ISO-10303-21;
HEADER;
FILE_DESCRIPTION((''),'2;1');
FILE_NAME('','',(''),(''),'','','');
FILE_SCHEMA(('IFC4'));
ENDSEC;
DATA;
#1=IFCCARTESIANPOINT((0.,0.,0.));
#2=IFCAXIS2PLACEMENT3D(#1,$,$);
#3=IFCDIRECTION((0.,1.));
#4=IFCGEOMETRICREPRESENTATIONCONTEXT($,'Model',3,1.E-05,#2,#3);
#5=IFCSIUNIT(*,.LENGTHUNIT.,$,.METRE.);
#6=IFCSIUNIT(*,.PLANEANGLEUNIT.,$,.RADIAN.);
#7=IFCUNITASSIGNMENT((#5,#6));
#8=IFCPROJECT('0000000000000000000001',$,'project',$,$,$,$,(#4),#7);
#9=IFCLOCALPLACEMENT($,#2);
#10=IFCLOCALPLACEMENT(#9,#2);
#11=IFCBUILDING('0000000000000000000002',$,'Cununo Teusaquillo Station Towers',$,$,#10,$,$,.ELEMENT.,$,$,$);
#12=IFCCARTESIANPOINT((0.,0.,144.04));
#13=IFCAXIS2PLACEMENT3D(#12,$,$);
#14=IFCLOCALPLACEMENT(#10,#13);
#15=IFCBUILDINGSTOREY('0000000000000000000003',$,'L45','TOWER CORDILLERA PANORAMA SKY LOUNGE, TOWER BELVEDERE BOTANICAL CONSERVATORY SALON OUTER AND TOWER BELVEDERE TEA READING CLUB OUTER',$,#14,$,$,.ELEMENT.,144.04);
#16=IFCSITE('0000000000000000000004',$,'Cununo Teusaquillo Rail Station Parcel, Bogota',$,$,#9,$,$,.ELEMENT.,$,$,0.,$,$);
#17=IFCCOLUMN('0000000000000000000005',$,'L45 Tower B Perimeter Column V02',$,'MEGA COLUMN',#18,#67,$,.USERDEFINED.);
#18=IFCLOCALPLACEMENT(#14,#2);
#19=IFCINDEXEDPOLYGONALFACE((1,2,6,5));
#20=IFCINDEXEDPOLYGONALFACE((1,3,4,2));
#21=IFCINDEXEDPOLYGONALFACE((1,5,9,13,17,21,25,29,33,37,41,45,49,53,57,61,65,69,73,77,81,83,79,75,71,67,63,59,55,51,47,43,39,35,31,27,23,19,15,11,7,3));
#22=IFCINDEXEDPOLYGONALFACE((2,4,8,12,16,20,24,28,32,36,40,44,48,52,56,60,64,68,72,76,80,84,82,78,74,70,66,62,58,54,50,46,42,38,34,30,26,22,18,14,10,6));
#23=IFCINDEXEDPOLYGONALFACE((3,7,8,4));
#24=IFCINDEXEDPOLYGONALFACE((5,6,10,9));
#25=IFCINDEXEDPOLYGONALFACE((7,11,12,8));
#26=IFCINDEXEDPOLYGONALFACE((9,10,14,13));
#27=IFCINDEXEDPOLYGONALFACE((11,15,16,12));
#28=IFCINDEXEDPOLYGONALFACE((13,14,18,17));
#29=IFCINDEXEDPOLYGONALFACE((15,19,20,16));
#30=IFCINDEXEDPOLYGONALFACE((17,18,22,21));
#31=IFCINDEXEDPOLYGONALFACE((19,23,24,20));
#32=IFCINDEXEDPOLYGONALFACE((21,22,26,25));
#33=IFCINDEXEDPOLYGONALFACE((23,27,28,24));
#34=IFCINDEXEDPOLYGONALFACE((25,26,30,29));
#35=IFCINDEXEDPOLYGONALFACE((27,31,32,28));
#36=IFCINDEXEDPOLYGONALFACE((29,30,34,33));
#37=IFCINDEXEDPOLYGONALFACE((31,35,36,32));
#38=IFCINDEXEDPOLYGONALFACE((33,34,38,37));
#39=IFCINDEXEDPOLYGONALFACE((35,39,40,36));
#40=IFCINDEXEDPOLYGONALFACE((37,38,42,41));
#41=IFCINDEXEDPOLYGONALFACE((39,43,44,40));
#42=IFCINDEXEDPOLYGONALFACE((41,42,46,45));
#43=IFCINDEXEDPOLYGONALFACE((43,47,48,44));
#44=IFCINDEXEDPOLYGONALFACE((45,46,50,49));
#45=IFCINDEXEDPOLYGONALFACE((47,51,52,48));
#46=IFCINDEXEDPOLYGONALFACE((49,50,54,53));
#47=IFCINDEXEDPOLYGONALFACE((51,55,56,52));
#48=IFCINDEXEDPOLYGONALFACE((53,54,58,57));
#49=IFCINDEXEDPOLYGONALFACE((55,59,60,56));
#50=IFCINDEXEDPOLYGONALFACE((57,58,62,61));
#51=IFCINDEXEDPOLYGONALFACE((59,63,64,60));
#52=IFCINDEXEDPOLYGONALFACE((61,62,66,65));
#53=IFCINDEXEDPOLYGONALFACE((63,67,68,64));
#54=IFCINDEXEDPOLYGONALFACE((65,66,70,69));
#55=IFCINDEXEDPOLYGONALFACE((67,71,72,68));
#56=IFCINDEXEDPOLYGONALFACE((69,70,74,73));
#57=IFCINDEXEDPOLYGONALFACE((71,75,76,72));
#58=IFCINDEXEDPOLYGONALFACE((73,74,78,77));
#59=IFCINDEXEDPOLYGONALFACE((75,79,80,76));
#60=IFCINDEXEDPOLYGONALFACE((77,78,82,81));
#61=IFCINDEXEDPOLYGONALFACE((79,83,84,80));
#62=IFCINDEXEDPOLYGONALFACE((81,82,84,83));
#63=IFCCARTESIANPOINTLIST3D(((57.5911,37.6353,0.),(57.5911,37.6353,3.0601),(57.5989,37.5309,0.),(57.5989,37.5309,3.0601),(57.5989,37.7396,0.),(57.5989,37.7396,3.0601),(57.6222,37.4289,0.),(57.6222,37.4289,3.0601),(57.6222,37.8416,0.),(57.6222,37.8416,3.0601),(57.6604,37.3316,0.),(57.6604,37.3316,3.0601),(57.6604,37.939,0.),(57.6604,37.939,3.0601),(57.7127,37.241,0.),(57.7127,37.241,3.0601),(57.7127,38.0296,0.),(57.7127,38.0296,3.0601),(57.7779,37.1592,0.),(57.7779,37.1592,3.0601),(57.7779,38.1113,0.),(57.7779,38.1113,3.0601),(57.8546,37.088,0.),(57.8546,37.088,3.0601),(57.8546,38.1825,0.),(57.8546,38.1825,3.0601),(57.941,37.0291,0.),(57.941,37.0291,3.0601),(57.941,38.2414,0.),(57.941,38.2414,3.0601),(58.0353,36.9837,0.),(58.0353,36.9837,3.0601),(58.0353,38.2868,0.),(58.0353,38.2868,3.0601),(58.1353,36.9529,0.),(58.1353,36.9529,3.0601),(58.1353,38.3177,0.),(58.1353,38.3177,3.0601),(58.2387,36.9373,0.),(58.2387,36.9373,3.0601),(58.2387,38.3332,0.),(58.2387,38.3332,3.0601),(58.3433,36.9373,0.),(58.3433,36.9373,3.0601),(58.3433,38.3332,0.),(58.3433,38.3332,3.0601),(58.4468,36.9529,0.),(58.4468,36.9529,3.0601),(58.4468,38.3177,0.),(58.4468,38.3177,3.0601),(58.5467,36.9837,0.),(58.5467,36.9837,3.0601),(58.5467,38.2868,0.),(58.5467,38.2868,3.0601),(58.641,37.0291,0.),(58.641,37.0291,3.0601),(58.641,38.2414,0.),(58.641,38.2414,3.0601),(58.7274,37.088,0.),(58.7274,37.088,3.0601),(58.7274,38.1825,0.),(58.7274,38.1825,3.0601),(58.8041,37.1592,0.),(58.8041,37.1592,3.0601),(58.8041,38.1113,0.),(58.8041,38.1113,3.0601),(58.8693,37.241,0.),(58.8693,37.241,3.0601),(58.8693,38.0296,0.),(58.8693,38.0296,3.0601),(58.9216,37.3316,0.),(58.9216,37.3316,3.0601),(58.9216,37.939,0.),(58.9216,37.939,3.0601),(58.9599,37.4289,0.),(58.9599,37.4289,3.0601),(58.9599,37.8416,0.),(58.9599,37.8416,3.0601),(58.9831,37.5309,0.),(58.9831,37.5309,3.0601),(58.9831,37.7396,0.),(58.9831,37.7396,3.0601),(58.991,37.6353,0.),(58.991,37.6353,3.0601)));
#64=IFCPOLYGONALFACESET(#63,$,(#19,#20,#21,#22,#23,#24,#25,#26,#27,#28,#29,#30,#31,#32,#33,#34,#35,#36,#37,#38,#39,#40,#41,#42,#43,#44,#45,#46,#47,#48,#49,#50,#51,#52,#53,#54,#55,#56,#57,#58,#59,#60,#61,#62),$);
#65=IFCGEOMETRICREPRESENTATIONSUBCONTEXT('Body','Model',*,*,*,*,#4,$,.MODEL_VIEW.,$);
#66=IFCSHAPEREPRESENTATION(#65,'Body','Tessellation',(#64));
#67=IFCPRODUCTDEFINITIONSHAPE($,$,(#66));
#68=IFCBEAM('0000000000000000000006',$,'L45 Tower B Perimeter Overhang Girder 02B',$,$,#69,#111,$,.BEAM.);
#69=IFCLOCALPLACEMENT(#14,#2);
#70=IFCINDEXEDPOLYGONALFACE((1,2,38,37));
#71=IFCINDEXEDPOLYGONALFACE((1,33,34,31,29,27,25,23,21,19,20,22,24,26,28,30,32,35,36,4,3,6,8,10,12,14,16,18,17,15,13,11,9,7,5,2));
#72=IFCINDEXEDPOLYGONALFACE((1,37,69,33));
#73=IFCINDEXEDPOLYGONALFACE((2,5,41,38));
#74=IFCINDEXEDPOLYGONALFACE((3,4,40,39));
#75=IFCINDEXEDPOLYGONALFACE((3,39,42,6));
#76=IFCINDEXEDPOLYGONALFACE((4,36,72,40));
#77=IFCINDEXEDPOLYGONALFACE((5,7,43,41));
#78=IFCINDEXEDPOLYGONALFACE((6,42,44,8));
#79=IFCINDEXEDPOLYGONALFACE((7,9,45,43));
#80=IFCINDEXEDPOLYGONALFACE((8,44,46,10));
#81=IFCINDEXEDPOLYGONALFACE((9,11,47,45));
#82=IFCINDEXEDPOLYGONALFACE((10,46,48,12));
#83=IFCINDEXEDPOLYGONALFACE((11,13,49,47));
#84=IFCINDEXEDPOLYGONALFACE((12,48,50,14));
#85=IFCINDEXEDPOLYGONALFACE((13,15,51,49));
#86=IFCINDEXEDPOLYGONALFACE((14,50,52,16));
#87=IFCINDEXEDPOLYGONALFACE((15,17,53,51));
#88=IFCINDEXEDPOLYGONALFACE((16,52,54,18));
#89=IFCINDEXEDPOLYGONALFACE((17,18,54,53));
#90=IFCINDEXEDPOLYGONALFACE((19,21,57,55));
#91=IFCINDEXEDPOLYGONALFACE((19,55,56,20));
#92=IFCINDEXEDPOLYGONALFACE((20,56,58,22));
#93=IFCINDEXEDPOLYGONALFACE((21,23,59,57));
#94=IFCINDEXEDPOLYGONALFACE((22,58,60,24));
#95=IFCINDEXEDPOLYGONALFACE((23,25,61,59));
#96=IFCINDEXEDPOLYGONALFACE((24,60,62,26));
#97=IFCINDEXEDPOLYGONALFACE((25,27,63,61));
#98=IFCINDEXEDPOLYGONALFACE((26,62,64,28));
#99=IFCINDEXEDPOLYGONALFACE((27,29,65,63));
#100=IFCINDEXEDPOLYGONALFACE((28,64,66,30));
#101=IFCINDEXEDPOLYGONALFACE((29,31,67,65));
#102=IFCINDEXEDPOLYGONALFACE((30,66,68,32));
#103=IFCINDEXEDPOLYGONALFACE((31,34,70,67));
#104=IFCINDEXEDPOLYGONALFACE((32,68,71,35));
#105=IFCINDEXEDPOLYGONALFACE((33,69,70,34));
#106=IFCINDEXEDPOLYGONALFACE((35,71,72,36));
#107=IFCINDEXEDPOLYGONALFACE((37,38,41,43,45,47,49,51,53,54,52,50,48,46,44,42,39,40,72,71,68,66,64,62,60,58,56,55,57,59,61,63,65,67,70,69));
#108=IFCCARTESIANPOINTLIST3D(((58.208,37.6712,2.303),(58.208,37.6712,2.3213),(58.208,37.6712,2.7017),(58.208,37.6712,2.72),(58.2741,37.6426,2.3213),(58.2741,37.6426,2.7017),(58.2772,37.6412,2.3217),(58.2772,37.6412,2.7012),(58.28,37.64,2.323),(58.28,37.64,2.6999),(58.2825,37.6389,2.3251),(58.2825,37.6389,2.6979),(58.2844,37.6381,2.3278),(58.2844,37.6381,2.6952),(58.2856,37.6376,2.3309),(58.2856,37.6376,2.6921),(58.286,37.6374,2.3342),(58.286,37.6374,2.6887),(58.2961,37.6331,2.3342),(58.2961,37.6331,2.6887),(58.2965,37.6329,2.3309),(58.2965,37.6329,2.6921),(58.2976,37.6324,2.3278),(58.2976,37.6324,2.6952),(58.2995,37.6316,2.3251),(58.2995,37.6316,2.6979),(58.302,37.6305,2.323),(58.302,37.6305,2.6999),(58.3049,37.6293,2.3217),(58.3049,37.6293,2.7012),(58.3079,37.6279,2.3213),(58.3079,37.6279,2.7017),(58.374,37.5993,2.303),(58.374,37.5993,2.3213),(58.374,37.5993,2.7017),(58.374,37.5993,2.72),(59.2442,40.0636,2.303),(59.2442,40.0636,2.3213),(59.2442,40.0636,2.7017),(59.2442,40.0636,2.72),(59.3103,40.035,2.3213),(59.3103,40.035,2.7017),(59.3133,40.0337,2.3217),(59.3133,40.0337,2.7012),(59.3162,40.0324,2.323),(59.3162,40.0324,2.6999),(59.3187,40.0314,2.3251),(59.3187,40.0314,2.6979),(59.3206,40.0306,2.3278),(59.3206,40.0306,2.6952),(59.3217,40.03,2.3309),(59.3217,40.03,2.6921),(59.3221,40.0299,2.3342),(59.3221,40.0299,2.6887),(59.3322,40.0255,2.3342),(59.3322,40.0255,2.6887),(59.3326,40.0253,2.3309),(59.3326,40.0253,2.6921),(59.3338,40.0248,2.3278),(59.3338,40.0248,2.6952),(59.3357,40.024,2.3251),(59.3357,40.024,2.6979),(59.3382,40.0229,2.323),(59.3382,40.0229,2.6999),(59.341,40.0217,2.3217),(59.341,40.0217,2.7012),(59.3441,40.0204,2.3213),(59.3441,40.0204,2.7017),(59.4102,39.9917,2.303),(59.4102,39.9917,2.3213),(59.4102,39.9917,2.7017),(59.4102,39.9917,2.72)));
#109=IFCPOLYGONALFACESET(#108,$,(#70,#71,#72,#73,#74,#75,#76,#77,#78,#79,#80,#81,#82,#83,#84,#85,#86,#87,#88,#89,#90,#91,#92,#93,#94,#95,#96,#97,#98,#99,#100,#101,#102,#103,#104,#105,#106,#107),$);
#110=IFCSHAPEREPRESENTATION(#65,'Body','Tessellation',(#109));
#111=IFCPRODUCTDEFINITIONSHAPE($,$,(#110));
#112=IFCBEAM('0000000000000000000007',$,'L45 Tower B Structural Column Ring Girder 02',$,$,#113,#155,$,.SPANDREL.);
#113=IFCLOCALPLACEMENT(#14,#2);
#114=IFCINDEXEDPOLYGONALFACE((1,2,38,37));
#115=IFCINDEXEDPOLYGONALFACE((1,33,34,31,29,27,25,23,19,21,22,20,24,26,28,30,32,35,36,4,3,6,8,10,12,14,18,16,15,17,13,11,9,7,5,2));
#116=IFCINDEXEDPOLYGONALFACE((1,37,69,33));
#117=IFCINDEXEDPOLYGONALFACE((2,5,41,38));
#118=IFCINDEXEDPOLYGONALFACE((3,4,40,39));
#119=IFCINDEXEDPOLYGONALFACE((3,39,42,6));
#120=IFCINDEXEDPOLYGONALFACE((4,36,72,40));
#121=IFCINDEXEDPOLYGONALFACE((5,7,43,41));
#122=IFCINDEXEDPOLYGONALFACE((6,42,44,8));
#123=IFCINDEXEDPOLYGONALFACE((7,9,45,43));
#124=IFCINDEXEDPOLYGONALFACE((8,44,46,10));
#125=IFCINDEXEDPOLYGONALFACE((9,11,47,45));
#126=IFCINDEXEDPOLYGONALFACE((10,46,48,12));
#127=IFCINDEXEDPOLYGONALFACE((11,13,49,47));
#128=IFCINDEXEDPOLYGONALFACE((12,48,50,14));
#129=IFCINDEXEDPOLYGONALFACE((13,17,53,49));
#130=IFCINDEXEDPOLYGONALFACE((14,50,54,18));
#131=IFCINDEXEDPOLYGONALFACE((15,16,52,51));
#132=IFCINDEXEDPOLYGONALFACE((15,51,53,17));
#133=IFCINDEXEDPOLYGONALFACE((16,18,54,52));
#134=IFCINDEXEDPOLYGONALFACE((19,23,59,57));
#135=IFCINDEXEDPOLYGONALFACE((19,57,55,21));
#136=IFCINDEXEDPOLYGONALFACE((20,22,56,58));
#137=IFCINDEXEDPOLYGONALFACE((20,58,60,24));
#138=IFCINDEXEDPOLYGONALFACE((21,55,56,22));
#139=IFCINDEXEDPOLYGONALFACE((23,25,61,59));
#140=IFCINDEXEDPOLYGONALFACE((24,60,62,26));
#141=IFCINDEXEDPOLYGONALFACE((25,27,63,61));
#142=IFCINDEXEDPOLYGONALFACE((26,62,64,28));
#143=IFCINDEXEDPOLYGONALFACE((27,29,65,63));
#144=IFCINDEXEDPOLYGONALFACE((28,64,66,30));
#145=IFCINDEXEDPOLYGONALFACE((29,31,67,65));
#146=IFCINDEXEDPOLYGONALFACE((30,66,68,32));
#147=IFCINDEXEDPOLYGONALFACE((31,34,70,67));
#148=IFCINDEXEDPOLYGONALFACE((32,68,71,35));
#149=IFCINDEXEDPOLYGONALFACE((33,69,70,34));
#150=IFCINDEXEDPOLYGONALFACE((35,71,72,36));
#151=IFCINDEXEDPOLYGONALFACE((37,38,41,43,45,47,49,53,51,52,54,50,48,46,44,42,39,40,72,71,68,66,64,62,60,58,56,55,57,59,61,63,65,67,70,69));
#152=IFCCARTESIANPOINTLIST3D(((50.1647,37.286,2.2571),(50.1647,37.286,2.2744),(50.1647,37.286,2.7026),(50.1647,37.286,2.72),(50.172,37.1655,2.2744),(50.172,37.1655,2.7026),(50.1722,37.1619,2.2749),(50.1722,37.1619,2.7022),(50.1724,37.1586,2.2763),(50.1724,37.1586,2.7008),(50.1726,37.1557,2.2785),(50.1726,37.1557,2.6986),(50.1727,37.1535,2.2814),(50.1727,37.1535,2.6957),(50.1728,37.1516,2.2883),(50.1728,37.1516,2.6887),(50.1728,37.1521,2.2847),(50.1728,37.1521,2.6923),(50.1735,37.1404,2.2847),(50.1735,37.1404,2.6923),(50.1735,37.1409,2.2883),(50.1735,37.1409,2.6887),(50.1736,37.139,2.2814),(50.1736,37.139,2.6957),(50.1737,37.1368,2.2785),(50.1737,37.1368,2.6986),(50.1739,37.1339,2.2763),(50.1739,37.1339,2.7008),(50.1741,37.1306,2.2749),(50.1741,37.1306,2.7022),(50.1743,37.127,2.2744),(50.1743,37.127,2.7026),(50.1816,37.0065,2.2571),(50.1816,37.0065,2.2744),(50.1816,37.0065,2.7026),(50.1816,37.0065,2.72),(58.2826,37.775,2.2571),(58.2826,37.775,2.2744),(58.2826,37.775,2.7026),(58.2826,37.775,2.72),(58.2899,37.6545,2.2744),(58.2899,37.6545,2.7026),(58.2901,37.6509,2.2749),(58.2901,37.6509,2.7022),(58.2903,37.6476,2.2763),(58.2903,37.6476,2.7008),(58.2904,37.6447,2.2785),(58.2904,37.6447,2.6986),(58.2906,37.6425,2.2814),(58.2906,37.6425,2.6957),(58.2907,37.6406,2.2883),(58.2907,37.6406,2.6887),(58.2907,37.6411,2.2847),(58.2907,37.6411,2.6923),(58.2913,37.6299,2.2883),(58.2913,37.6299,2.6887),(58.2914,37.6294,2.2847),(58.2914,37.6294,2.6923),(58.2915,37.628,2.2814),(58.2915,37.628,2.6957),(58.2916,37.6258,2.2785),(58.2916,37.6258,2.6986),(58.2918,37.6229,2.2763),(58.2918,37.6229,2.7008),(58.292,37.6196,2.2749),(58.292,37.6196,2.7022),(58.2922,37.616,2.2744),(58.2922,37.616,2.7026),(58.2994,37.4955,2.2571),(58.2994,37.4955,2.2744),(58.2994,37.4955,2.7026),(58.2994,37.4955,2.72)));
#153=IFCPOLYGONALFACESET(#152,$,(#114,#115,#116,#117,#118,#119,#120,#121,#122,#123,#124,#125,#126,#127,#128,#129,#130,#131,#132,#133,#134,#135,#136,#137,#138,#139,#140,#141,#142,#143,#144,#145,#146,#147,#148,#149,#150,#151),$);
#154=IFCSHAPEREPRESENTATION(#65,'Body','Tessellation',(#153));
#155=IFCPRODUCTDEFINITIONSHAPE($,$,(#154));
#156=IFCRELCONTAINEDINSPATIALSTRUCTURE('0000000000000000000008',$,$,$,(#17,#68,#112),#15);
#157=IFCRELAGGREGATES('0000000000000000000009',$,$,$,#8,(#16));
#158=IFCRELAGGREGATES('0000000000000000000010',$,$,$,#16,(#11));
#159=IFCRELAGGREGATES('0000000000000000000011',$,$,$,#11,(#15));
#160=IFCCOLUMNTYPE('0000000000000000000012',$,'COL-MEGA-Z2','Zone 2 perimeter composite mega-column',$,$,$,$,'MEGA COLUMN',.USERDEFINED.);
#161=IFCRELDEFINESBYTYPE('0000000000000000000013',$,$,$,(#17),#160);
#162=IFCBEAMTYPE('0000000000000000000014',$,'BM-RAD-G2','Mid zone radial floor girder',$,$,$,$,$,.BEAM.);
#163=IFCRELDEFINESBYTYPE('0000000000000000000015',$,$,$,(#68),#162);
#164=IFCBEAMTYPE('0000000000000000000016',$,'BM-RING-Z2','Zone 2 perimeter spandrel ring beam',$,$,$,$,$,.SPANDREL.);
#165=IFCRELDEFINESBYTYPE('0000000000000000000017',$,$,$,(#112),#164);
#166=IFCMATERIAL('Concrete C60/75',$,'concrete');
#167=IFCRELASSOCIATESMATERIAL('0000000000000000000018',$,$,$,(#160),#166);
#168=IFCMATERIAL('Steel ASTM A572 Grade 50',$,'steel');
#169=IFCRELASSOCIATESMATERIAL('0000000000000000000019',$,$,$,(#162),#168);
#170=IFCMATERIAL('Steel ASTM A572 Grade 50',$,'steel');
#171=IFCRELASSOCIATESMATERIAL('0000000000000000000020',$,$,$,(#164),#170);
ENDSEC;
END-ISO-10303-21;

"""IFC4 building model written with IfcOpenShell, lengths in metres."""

from ifc_helpers import new_model, si_unit, direction, frame, origin, origin_2d, place, context, subcontext, project, spatial, circle, i_section, extrude, material, material_profile, profile_set, type_object, element, save


model = new_model("IFC4")

# Units and contexts
model_context = context("Model", 3, precision=1e-05, world=origin(), true_north=direction((0.0, 1.0)))
body_context = subcontext(model_context, "Body", "Model", "MODEL_VIEW")
ifc_project = project(units=[si_unit("LENGTHUNIT", "METRE"), si_unit("PLANEANGLEUNIT", "RADIAN")], contexts=[model_context])

# Site, building, storey
site_placement = place(None, origin())
site = spatial("IfcSite", under=ifc_project, at=site_placement, Name="Cununo Teusaquillo Rail Station Parcel, Bogota", CompositionType="ELEMENT", RefElevation=0.0)
building_placement = place(site_placement, origin())
building = spatial("IfcBuilding", under=site, at=building_placement, Name="Cununo Teusaquillo Station Towers", CompositionType="ELEMENT")
storey_placement = place(building_placement, frame((0.0, 0.0, 144.04)))
storey = spatial("IfcBuildingStorey", under=building, at=storey_placement, Name="L45", Description="TOWER CORDILLERA PANORAMA SKY LOUNGE, TOWER BELVEDERE BOTANICAL CONSERVATORY SALON OUTER AND TOWER BELVEDERE TEA READING CLUB OUTER", CompositionType="ELEMENT", Elevation=144.04)

# Column
ifc_material_1 = material(Name="Concrete C60/75", Category="concrete")
ifc_material_profile_1 = material_profile(ifc_material_1, circle(Radius=0.7, at=origin_2d()), Name="RC-CIRC-1400")
ifc_profile_set_1 = profile_set([ifc_material_profile_1], Name="Concrete C60/75")
column_type = type_object("IfcColumnType", Name="COL-MEGA-Z2", Description="Zone 2 perimeter composite mega-column", ElementType="MEGA COLUMN", PredefinedType="USERDEFINED", material=ifc_profile_set_1)
column_placement = place(storey_placement, frame((58.291, 37.6353, 0.0), z_axis=(0.0, 0.0, 1.0), x_axis=(1.0, 0.0, 0.0)))
element("IfcColumn", 1, at=column_placement, inside=storey, type_object=column_type, Name="L45 Tower B Perimeter Column V02", ObjectType="MEGA COLUMN", PredefinedType="USERDEFINED", context=body_context, shape_type="SweptSolid", body=[
    extrude(circle(Radius=0.7, at=origin_2d()), origin(), (0.0, 0.0, 1.0), 3.0601),
])

# Beams
ifc_material_2 = material(Name="Steel ASTM A572 Grade 50", Category="steel")
ifc_material_profile_2 = material_profile(ifc_material_2, i_section(OverallWidth=0.1809, OverallDepth=0.417, WebThickness=0.011, FlangeThickness=0.0183, FilletRadius=0.0129, at=origin_2d()), Name="W16X57")
ifc_profile_set_2 = profile_set([ifc_material_profile_2], Name="Steel ASTM A572 Grade 50")
beam_type_1 = type_object("IfcBeamType", Name="BM-RAD-G2", Description="Mid zone radial floor girder", PredefinedType="BEAM", material=ifc_profile_set_2)
beam_1_placement = place(storey_placement, frame((58.291, 37.6353, 2.5115), z_axis=(0.397431, 0.917632, 0.0), x_axis=(-0.917632, 0.397431, 0.0)))
element("IfcBeam", 2, at=beam_1_placement, inside=storey, type_object=beam_type_1, Name="L45 Tower B Perimeter Overhang Girder 02B", PredefinedType="BEAM", context=body_context, shape_type="SweptSolid", body=[
    extrude(i_section(OverallWidth=0.1809, OverallDepth=0.417, WebThickness=0.011, FlangeThickness=0.0183, FilletRadius=0.0129, at=origin_2d()), origin(), (0.0, 0.0, 1.0), 2.6072),
])
ifc_material_3 = material(Name="Steel ASTM A572 Grade 50", Category="steel")
ifc_material_profile_3 = material_profile(ifc_material_3, i_section(OverallWidth=0.28, OverallDepth=0.4629, WebThickness=0.0107, FlangeThickness=0.0173, FilletRadius=0.0139, at=origin_2d()), Name="W18X76")
ifc_profile_set_3 = profile_set([ifc_material_profile_3], Name="Steel ASTM A572 Grade 50")
beam_type_2 = type_object("IfcBeamType", Name="BM-RING-Z2", Description="Zone 2 perimeter spandrel ring beam", PredefinedType="SPANDREL", material=ifc_profile_set_3)
beam_2_placement = place(storey_placement, frame((58.291, 37.6353, 2.4885), z_axis=(-0.998191, -0.06013, 0.0), x_axis=(0.06013, -0.998191, 0.0)))
element("IfcBeam", 3, at=beam_2_placement, inside=storey, type_object=beam_type_2, Name="L45 Tower B Structural Column Ring Girder 02", PredefinedType="SPANDREL", context=body_context, shape_type="SweptSolid", body=[
    extrude(i_section(OverallWidth=0.28, OverallDepth=0.4629, WebThickness=0.0107, FlangeThickness=0.0173, FilletRadius=0.0139, at=origin_2d()), origin(), (0.0, 0.0, 1.0), 8.1326),
])

save(model, "model.ifc")
